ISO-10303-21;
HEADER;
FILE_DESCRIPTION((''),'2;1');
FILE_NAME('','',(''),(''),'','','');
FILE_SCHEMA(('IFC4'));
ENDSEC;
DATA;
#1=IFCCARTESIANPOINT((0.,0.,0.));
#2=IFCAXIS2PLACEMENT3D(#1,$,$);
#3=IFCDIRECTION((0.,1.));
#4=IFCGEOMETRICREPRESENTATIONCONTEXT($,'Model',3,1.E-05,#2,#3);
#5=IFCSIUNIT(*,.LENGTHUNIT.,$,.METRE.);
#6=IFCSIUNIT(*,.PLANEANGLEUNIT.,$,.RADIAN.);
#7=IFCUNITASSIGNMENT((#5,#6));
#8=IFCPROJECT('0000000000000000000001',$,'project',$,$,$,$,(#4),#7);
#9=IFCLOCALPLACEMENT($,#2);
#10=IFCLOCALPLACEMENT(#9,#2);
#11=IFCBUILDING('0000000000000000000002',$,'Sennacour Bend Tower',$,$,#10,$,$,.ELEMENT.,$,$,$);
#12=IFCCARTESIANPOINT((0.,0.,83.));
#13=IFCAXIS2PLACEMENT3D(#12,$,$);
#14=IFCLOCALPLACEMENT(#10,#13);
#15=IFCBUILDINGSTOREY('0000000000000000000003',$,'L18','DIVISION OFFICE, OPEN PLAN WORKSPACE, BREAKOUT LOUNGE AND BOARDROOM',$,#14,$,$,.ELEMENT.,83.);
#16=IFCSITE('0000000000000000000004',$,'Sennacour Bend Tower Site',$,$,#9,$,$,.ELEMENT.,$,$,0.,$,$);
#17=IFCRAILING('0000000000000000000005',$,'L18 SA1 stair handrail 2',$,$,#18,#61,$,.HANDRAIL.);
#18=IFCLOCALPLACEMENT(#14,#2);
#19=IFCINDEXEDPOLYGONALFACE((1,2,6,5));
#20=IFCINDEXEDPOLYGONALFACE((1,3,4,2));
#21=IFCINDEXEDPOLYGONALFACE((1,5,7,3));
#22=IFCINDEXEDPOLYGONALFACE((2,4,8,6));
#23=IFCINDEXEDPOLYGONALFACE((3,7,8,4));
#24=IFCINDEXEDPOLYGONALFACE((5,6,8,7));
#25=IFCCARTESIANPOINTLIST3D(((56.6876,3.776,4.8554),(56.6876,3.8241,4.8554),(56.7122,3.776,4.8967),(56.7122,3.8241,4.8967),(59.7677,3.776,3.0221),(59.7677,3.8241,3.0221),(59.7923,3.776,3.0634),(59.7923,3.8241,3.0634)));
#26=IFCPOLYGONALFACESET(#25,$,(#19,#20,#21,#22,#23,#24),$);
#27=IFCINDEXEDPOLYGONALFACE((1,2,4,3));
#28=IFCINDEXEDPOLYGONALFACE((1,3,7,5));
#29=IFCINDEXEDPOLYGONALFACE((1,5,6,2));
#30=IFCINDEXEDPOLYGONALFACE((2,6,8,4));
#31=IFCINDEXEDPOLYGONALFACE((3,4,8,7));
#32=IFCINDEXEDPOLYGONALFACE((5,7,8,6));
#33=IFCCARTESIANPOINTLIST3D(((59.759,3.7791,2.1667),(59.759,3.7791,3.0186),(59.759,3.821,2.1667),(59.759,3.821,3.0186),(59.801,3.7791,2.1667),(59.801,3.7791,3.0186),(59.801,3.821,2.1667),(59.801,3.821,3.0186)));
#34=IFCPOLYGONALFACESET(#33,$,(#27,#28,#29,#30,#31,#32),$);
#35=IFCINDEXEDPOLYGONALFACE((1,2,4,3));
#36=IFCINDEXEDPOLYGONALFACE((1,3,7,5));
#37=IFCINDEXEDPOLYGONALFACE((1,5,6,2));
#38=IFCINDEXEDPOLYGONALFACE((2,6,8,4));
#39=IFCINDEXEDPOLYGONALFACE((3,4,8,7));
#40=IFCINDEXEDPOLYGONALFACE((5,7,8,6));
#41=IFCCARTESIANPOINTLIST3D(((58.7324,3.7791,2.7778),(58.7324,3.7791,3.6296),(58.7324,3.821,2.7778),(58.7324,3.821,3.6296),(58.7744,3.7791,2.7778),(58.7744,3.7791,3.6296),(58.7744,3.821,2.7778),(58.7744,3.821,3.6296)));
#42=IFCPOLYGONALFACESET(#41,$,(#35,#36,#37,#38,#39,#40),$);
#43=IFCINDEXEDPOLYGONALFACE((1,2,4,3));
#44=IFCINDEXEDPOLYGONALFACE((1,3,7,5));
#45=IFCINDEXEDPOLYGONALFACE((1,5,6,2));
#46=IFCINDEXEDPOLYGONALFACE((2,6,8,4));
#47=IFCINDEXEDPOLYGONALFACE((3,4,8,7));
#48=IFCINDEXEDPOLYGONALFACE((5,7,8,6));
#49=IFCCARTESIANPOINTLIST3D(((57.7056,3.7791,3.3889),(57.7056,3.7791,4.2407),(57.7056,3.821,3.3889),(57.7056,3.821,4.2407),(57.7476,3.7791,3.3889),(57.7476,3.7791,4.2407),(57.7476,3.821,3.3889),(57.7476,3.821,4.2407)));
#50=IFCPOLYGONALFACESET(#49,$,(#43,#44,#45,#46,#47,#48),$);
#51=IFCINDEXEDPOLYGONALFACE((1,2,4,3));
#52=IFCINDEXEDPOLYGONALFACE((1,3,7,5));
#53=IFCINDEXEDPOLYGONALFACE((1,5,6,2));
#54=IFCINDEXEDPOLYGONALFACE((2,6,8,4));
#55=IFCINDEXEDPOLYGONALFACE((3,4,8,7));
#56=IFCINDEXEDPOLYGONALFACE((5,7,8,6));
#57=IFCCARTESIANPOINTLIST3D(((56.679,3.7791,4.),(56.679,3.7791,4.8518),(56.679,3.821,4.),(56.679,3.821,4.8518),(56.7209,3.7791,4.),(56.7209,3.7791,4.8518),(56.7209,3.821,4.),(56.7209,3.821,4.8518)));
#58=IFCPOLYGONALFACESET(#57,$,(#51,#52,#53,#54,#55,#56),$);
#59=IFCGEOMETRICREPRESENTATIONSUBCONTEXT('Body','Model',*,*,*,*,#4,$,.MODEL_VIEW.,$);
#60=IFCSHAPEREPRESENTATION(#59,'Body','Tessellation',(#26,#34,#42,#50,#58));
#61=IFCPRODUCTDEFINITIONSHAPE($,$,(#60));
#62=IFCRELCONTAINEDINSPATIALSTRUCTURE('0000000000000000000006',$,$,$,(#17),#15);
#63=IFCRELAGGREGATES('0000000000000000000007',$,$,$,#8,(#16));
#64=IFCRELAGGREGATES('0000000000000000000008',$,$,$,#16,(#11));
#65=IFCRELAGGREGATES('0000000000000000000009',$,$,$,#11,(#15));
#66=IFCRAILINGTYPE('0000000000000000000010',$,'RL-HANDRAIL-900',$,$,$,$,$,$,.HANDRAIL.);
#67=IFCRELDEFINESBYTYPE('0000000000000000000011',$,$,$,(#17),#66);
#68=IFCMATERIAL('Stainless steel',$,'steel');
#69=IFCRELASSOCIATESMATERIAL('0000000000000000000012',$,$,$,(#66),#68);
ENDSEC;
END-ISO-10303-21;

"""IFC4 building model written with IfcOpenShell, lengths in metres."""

from ifc_helpers import new_model, si_unit, direction, frame, origin, origin_2d, place, context, subcontext, project, spatial, rectangle, extrude, material, type_object, element, save


model = new_model("IFC4")

# Units and contexts
model_context = context("Model", 3, precision=1e-05, world=origin(), true_north=direction((0.0, 1.0)))
body_context = subcontext(model_context, "Body", "Model", "MODEL_VIEW")
ifc_project = project(units=[si_unit("LENGTHUNIT", "METRE"), si_unit("PLANEANGLEUNIT", "RADIAN")], contexts=[model_context])

# Site, building, storey
site_placement = place(None, origin())
site = spatial("IfcSite", under=ifc_project, at=site_placement, Name="Sennacour Bend Tower Site", CompositionType="ELEMENT", RefElevation=0.0)
building_placement = place(site_placement, origin())
building = spatial("IfcBuilding", under=site, at=building_placement, Name="Sennacour Bend Tower", CompositionType="ELEMENT")
storey_placement = place(building_placement, frame((0.0, 0.0, 83.0)))
storey = spatial("IfcBuildingStorey", under=building, at=storey_placement, Name="L18", Description="DIVISION OFFICE, OPEN PLAN WORKSPACE, BREAKOUT LOUNGE AND BOARDROOM", CompositionType="ELEMENT", Elevation=83.0)

# Shared definitions
ifc_material_1 = material(Name="Stainless steel", Category="steel")

# Railing
railing_type_1 = type_object("IfcRailingType", Name="RL-HANDRAIL-900", PredefinedType="HANDRAIL", material=ifc_material_1)
railing_1_placement = place(storey_placement, frame((59.78, 3.8, 2.1667)))
element("IfcRailing", 1, at=railing_1_placement, inside=storey, type_object=railing_type_1, Name="L18 SA1 stair handrail 2", PredefinedType="HANDRAIL", context=body_context, shape_type="SweptSolid", body=[
    extrude(rectangle(XDim=0.0481, YDim=0.0481, at=origin_2d()), frame((0.0, 0.0, 0.876), z_axis=(-0.859309, 0.0, 0.511458), x_axis=(0.0, -1.0, 0.0)), (0.0, 0.0, 1.0), 3.5845),
    extrude(rectangle(XDim=0.042, YDim=0.042, at=origin_2d()), origin(), (0.0, 0.0, 1.0), 0.8518),
    extrude(rectangle(XDim=0.042, YDim=0.042, at=origin_2d()), frame((-1.0266, 0.0, 0.6111)), (0.0, 0.0, 1.0), 0.8518),
    extrude(rectangle(XDim=0.042, YDim=0.042, at=origin_2d()), frame((-2.0535, 0.0, 1.2222)), (0.0, 0.0, 1.0), 0.8518),
    extrude(rectangle(XDim=0.042, YDim=0.042, at=origin_2d()), frame((-3.0801, 0.0, 1.8333)), (0.0, 0.0, 1.0), 0.8518),
])

save(model, "model.ifc")
